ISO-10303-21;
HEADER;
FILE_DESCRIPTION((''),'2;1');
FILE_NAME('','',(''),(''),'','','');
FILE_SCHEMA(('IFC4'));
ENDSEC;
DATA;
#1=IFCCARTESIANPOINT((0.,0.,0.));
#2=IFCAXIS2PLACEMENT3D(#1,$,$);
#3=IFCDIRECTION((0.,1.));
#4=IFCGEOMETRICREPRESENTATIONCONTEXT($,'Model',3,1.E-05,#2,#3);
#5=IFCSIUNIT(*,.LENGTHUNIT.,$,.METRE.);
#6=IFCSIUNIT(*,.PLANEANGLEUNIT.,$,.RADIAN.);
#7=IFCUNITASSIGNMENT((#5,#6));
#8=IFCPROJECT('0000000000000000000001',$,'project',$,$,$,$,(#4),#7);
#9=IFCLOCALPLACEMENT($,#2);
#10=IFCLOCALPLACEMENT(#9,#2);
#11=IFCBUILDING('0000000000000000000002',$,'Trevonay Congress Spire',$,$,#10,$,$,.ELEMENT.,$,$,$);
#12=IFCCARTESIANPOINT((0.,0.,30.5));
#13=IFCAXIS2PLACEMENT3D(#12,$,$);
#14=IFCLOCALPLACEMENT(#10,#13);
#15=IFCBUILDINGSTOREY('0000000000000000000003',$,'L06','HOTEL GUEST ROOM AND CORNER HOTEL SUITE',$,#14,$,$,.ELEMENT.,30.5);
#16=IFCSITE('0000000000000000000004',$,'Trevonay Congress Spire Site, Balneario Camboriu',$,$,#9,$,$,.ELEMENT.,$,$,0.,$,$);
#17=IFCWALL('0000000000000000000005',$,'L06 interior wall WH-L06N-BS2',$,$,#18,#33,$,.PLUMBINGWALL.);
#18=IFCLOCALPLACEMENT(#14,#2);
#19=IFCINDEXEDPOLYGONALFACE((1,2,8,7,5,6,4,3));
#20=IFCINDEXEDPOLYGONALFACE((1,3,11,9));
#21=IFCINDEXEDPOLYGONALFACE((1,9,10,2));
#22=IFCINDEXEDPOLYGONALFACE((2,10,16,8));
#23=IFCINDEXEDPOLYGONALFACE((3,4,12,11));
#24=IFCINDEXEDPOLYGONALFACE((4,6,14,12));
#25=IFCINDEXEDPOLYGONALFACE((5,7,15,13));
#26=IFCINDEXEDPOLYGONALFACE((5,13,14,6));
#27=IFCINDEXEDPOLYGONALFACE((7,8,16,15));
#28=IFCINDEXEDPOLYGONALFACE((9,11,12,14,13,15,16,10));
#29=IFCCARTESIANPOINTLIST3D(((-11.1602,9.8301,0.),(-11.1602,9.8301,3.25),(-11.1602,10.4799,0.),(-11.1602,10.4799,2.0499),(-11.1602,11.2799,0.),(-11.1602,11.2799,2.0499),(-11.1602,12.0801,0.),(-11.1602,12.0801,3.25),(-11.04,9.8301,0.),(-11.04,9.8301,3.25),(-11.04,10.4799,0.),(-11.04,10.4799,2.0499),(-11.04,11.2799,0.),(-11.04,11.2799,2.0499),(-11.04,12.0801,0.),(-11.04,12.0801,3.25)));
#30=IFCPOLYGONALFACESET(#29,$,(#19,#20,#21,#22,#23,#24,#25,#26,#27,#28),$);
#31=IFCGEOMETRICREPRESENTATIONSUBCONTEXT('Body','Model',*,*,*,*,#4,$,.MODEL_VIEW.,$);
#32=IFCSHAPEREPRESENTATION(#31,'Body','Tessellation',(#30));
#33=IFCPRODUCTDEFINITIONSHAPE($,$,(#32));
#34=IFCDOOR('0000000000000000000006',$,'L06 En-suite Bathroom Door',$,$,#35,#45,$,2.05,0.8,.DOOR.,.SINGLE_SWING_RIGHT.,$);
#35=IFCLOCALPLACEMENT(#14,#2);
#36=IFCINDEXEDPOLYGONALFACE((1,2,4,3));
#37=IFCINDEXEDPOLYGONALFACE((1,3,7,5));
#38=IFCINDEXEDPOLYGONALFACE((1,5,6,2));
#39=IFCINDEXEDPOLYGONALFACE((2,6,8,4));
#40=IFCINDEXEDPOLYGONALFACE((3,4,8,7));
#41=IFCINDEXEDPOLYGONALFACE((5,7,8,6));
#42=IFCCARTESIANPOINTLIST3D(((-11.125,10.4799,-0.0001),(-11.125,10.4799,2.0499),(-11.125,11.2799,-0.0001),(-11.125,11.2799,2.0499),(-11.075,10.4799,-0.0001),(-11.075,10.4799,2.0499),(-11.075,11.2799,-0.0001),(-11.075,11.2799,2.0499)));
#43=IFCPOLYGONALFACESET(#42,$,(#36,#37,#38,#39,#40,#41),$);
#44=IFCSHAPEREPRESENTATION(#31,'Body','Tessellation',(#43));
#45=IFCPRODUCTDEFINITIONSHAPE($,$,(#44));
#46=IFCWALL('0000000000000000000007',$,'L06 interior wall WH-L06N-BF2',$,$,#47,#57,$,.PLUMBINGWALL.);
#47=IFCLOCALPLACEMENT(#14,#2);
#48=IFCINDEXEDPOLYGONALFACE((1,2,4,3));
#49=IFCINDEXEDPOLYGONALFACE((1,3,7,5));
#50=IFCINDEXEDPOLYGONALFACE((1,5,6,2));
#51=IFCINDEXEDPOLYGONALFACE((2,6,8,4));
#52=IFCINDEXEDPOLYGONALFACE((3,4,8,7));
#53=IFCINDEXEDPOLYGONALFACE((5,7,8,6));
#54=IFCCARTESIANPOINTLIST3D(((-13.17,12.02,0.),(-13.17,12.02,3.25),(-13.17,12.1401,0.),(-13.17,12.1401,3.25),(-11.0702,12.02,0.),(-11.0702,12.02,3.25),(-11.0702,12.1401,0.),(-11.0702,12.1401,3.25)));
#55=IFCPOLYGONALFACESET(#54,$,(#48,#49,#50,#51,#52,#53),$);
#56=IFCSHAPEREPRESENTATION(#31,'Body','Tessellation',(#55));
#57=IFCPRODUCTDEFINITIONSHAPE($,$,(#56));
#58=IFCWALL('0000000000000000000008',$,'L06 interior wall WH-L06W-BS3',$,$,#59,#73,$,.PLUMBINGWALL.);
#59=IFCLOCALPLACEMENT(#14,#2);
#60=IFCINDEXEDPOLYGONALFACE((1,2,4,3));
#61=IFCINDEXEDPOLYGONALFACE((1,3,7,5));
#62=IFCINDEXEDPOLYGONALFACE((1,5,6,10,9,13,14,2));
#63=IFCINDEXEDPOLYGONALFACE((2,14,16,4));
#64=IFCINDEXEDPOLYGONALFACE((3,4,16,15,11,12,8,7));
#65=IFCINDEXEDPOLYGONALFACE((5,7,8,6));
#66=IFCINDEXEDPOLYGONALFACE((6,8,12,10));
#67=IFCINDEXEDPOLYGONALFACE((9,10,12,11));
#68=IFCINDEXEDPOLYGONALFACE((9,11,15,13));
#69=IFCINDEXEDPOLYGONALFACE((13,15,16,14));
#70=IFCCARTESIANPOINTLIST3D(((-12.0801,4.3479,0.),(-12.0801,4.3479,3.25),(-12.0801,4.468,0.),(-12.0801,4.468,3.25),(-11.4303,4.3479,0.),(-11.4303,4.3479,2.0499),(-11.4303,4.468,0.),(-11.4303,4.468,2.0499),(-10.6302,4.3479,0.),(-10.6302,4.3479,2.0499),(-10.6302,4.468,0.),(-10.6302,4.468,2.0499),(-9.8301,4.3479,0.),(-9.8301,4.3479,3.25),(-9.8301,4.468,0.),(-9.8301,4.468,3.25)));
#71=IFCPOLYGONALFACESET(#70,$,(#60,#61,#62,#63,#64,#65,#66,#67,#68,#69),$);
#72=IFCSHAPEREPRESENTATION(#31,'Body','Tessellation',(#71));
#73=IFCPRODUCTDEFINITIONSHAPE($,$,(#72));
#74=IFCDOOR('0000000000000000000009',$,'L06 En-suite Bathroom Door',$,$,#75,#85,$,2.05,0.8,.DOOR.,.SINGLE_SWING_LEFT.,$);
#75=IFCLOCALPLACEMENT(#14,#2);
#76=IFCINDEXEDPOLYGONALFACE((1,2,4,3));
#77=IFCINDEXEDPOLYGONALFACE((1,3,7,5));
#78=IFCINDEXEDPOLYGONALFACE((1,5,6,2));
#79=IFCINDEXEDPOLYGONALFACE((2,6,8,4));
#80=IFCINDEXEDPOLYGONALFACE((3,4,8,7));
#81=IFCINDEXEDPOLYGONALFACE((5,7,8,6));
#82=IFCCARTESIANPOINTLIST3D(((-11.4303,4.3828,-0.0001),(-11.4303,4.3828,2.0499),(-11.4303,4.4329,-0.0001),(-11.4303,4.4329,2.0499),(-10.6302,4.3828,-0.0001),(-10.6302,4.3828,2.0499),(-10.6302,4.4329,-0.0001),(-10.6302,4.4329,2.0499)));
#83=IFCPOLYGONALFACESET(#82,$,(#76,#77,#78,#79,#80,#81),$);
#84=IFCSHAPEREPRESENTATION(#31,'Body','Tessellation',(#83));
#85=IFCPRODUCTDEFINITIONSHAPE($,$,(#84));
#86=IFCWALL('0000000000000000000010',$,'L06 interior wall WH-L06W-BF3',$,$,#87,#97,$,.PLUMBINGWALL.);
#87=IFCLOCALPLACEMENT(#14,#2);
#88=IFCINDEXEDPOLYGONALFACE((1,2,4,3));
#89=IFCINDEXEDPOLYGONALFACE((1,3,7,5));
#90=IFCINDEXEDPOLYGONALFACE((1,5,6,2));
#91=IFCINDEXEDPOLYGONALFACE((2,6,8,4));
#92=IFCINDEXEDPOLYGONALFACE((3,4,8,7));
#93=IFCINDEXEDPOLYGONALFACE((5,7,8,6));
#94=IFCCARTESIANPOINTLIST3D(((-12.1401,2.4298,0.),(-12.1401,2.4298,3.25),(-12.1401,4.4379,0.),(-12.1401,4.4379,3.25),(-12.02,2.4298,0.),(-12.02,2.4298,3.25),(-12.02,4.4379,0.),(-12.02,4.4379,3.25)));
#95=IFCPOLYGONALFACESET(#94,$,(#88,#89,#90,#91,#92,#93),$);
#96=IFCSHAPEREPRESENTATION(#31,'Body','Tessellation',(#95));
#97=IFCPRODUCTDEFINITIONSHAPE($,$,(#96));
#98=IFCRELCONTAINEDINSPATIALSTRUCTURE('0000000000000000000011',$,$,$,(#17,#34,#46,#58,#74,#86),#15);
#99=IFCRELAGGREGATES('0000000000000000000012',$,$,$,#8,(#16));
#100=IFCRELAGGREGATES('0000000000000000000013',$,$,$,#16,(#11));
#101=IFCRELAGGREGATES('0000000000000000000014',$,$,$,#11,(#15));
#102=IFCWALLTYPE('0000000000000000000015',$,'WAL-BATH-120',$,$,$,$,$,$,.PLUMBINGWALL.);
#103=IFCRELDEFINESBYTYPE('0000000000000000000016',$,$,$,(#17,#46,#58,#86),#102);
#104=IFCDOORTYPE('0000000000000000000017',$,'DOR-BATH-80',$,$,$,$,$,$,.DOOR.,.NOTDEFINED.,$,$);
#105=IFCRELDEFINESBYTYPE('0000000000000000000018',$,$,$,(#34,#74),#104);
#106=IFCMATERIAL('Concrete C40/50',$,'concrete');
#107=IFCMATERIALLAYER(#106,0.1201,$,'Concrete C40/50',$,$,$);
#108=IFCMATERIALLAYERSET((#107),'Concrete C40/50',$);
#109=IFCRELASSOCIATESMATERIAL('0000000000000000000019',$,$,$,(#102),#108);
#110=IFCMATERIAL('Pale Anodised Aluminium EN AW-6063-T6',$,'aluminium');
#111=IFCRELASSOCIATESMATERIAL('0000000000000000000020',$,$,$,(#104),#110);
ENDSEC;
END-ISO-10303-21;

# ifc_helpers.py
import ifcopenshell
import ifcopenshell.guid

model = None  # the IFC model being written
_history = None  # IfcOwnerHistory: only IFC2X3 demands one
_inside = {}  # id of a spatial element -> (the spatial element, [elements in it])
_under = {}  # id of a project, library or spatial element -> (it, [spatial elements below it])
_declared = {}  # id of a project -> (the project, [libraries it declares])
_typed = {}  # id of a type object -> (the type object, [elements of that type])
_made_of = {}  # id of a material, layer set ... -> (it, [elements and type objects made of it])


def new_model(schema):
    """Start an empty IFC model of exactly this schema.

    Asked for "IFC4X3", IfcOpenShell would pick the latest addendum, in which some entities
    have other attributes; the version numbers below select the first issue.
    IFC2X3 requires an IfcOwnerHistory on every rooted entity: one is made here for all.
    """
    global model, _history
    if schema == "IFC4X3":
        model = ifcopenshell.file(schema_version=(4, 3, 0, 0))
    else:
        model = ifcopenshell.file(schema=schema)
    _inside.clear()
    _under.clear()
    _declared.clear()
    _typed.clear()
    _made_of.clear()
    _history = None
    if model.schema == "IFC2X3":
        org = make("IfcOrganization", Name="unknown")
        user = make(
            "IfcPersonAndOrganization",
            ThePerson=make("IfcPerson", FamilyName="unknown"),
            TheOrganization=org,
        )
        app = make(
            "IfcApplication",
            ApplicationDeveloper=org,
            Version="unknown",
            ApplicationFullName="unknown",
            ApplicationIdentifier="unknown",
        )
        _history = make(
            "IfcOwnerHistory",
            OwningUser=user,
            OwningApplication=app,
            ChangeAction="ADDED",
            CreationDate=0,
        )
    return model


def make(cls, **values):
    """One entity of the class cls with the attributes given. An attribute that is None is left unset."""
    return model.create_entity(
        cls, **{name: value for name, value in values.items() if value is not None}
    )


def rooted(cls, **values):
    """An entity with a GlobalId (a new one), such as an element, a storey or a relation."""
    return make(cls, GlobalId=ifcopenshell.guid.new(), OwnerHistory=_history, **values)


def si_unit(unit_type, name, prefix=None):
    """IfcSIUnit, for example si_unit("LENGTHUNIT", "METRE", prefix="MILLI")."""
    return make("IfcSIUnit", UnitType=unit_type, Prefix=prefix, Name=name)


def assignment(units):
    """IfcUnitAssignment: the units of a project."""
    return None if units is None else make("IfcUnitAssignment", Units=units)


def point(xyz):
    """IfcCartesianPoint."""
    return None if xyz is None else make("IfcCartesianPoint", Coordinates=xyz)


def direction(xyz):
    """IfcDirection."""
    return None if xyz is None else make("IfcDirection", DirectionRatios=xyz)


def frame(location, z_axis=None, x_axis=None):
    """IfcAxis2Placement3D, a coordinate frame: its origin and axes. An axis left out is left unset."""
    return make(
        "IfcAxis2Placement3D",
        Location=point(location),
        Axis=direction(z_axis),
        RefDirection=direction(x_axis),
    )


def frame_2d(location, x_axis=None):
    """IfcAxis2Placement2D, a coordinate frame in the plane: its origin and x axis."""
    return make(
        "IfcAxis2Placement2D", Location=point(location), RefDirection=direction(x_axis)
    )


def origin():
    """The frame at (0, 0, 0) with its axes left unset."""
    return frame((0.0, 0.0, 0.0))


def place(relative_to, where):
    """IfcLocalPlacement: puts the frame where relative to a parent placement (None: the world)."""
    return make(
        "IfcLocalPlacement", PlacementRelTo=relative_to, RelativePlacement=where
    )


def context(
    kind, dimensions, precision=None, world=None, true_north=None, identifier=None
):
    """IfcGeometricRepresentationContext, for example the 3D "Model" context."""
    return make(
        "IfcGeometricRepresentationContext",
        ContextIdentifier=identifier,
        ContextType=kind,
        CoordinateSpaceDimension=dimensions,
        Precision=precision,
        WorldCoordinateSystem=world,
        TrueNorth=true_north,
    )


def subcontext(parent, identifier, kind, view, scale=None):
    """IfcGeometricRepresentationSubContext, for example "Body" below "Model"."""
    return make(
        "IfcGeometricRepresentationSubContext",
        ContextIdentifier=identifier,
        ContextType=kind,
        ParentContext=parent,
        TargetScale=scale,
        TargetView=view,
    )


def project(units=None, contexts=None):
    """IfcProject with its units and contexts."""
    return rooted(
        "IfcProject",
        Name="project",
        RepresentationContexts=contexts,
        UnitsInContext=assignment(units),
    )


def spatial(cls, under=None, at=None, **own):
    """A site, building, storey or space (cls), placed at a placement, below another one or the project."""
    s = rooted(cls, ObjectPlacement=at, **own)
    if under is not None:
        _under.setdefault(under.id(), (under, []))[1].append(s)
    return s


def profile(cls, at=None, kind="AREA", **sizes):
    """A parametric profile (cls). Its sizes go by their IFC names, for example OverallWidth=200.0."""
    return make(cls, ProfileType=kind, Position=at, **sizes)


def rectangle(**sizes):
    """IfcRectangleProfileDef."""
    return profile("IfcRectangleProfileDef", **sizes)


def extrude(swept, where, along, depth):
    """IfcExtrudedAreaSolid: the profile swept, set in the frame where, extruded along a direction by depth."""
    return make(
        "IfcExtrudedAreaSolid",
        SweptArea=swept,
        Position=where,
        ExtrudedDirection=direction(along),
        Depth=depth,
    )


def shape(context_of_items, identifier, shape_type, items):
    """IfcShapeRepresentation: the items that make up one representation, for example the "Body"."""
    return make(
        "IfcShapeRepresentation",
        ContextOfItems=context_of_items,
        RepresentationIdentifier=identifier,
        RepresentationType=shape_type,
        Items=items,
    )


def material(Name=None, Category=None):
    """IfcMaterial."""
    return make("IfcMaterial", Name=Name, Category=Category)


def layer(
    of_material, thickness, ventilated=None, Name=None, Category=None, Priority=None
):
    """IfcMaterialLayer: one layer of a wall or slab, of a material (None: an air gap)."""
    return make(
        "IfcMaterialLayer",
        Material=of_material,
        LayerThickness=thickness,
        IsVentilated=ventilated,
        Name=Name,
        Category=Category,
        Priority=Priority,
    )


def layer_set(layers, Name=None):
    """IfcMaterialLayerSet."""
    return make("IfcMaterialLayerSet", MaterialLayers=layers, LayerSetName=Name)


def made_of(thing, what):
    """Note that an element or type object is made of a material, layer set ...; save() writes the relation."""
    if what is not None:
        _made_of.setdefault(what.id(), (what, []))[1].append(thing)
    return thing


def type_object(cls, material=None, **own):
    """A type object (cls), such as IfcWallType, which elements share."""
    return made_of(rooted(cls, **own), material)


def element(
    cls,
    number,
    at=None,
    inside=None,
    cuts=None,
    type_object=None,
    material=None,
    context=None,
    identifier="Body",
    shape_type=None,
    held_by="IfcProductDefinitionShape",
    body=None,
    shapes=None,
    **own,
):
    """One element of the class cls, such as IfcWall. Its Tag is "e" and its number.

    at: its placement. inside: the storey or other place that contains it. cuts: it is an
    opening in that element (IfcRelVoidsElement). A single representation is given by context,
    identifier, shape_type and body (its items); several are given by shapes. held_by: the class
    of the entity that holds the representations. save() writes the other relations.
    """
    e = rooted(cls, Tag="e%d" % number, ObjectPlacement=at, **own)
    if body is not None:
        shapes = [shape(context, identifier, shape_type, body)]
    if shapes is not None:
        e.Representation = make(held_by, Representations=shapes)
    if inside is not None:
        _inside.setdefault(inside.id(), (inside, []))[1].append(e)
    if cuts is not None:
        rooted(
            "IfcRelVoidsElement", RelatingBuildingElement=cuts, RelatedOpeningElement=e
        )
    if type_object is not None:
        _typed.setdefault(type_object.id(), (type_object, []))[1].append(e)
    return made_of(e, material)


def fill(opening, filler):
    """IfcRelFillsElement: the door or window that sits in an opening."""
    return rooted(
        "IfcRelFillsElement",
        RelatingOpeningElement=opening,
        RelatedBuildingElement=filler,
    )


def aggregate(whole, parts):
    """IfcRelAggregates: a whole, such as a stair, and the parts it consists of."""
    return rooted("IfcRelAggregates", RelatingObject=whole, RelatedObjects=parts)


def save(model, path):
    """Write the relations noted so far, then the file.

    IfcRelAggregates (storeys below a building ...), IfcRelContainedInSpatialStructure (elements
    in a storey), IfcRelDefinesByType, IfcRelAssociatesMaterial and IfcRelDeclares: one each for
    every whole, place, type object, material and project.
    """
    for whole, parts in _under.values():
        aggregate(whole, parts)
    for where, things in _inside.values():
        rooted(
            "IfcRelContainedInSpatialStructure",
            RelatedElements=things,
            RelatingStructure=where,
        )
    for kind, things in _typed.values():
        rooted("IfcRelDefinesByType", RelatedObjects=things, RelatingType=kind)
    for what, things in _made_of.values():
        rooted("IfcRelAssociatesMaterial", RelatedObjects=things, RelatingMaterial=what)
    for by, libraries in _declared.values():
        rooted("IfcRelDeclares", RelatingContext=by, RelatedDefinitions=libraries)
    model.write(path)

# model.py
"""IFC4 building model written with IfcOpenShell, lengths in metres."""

from ifc_helpers import new_model, si_unit, direction, frame, frame_2d, origin, place, context, subcontext, project, spatial, rectangle, extrude, material, layer, layer_set, type_object, element, fill, save


model = new_model("IFC4")

# Units and contexts
model_context = context("Model", 3, precision=1e-05, world=origin(), true_north=direction((0.0, 1.0)))
body_context = subcontext(model_context, "Body", "Model", "MODEL_VIEW")
ifc_project = project(units=[si_unit("LENGTHUNIT", "METRE"), si_unit("PLANEANGLEUNIT", "RADIAN")], contexts=[model_context])

# Site, building, storey
site_placement = place(None, origin())
site = spatial("IfcSite", under=ifc_project, at=site_placement, Name="Trevonay Congress Spire Site, Balneario Camboriu", CompositionType="ELEMENT", RefElevation=0.0)
building_placement = place(site_placement, origin())
building = spatial("IfcBuilding", under=site, at=building_placement, Name="Trevonay Congress Spire", CompositionType="ELEMENT")
storey_placement = place(building_placement, frame((0.0, 0.0, 30.5)))
storey = spatial("IfcBuildingStorey", under=building, at=storey_placement, Name="L06", Description="HOTEL GUEST ROOM AND CORNER HOTEL SUITE", CompositionType="ELEMENT", Elevation=30.5)

# Shared definitions
ifc_material_1 = material(Name="Concrete C40/50", Category="concrete")
ifc_layer_1 = layer(ifc_material_1, 0.1201, Name="Concrete C40/50")
ifc_layer_set_1 = layer_set([ifc_layer_1], Name="Concrete C40/50")
wall_type_1 = type_object("IfcWallType", Name="WAL-BATH-120", PredefinedType="PLUMBINGWALL", material=ifc_layer_set_1)
ifc_material_2 = material(Name="Pale Anodised Aluminium EN AW-6063-T6", Category="aluminium")
door_type_1 = type_object("IfcDoorType", Name="DOR-BATH-80", OperationType="NOTDEFINED", PredefinedType="DOOR", material=ifc_material_2)

# Wall, opening, door
wall_1_placement = place(storey_placement, frame((-11.1001, 9.8301, 0.0), z_axis=(0.0, 0.0, 1.0), x_axis=(0.0, 1.0, 0.0)))
wall_1 = element("IfcWall", 1, at=wall_1_placement, inside=storey, type_object=wall_type_1, Name="L06 interior wall WH-L06N-BS2", PredefinedType="PLUMBINGWALL", context=body_context, shape_type="SweptSolid", body=[
    extrude(rectangle(XDim=2.25, YDim=0.1201, at=frame_2d((1.125, 0.0))), origin(), (0.0, 0.0, 1.0), 3.25),
])
opening_1_placement = place(wall_1_placement, frame((0.6499, 0.0, 0.0)))
opening_1 = element("IfcOpeningElement", 2, at=opening_1_placement, cuts=wall_1, PredefinedType="OPENING", context=body_context, shape_type="SweptSolid", body=[
    extrude(rectangle(XDim=0.8, YDim=2.05, at=frame_2d((0.3999, 1.0249))), frame((0.0, 0.0701, 0.0), z_axis=(0.0, -1.0, 0.0), x_axis=(1.0, 0.0, 0.0)), (0.0, 0.0, 1.0), 0.1401),
])
door_1_placement = place(opening_1_placement, origin())
door_1 = element("IfcDoor", 3, at=door_1_placement, inside=storey, type_object=door_type_1, Name="L06 En-suite Bathroom Door", OperationType="SINGLE_SWING_RIGHT", OverallHeight=2.05, OverallWidth=0.8, PredefinedType="DOOR", context=body_context, shape_type="SweptSolid", body=[
    extrude(rectangle(XDim=0.8, YDim=2.05, at=frame_2d((0.3999, 1.0249))), frame((0.0, 0.0249, 0.0), z_axis=(0.0, -1.0, 0.0), x_axis=(1.0, 0.0, 0.0)), (0.0, 0.0, 1.0), 0.05),
])
fill(opening_1, door_1)

# Wall
wall_2_placement = place(storey_placement, frame((-13.1699, 12.0801, 0.0), z_axis=(0.0, 0.0, 1.0), x_axis=(1.0, 0.0, 0.0)))
element("IfcWall", 4, at=wall_2_placement, inside=storey, type_object=wall_type_1, Name="L06 interior wall WH-L06N-BF2", PredefinedType="PLUMBINGWALL", context=body_context, shape_type="SweptSolid", body=[
    extrude(rectangle(XDim=2.0999, YDim=0.1201, at=frame_2d((1.0498, 0.0))), origin(), (0.0, 0.0, 1.0), 3.25),
])

# Wall, opening, door
wall_3_placement = place(storey_placement, frame((-12.0801, 4.408, 0.0), z_axis=(0.0, 0.0, 1.0), x_axis=(1.0, 0.0, 0.0)))
wall_3 = element("IfcWall", 5, at=wall_3_placement, inside=storey, type_object=wall_type_1, Name="L06 interior wall WH-L06W-BS3", PredefinedType="PLUMBINGWALL", context=body_context, shape_type="SweptSolid", body=[
    extrude(rectangle(XDim=2.25, YDim=0.1201, at=frame_2d((1.125, 0.0))), origin(), (0.0, 0.0, 1.0), 3.25),
])
opening_2_placement = place(wall_3_placement, frame((0.6499, 0.0, 0.0)))
opening_2 = element("IfcOpeningElement", 6, at=opening_2_placement, cuts=wall_3, PredefinedType="OPENING", context=body_context, shape_type="SweptSolid", body=[
    extrude(rectangle(XDim=0.8, YDim=2.05, at=frame_2d((0.3999, 1.0249))), frame((0.0, 0.0701, 0.0), z_axis=(0.0, -1.0, 0.0), x_axis=(1.0, 0.0, 0.0)), (0.0, 0.0, 1.0), 0.1401),
])
door_2_placement = place(opening_2_placement, origin())
door_2 = element("IfcDoor", 7, at=door_2_placement, inside=storey, type_object=door_type_1, Name="L06 En-suite Bathroom Door", OperationType="SINGLE_SWING_LEFT", OverallHeight=2.05, OverallWidth=0.8, PredefinedType="DOOR", context=body_context, shape_type="SweptSolid", body=[
    extrude(rectangle(XDim=0.8, YDim=2.05, at=frame_2d((0.3999, 1.0249))), frame((0.0, 0.0249, 0.0), z_axis=(0.0, -1.0, 0.0), x_axis=(1.0, 0.0, 0.0)), (0.0, 0.0, 1.0), 0.05),
])
fill(opening_2, door_2)

# Wall
wall_4_placement = place(storey_placement, frame((-12.0801, 2.4299, 0.0), z_axis=(0.0, 0.0, 1.0), x_axis=(0.0, 1.0, 0.0)))
element("IfcWall", 8, at=wall_4_placement, inside=storey, type_object=wall_type_1, Name="L06 interior wall WH-L06W-BF3", PredefinedType="PLUMBINGWALL", context=body_context, shape_type="SweptSolid", body=[
    extrude(rectangle(XDim=2.0081, YDim=0.1201, at=frame_2d((1.0039, 0.0))), origin(), (0.0, 0.0, 1.0), 3.25),
])

save(model, "model.ifc")
